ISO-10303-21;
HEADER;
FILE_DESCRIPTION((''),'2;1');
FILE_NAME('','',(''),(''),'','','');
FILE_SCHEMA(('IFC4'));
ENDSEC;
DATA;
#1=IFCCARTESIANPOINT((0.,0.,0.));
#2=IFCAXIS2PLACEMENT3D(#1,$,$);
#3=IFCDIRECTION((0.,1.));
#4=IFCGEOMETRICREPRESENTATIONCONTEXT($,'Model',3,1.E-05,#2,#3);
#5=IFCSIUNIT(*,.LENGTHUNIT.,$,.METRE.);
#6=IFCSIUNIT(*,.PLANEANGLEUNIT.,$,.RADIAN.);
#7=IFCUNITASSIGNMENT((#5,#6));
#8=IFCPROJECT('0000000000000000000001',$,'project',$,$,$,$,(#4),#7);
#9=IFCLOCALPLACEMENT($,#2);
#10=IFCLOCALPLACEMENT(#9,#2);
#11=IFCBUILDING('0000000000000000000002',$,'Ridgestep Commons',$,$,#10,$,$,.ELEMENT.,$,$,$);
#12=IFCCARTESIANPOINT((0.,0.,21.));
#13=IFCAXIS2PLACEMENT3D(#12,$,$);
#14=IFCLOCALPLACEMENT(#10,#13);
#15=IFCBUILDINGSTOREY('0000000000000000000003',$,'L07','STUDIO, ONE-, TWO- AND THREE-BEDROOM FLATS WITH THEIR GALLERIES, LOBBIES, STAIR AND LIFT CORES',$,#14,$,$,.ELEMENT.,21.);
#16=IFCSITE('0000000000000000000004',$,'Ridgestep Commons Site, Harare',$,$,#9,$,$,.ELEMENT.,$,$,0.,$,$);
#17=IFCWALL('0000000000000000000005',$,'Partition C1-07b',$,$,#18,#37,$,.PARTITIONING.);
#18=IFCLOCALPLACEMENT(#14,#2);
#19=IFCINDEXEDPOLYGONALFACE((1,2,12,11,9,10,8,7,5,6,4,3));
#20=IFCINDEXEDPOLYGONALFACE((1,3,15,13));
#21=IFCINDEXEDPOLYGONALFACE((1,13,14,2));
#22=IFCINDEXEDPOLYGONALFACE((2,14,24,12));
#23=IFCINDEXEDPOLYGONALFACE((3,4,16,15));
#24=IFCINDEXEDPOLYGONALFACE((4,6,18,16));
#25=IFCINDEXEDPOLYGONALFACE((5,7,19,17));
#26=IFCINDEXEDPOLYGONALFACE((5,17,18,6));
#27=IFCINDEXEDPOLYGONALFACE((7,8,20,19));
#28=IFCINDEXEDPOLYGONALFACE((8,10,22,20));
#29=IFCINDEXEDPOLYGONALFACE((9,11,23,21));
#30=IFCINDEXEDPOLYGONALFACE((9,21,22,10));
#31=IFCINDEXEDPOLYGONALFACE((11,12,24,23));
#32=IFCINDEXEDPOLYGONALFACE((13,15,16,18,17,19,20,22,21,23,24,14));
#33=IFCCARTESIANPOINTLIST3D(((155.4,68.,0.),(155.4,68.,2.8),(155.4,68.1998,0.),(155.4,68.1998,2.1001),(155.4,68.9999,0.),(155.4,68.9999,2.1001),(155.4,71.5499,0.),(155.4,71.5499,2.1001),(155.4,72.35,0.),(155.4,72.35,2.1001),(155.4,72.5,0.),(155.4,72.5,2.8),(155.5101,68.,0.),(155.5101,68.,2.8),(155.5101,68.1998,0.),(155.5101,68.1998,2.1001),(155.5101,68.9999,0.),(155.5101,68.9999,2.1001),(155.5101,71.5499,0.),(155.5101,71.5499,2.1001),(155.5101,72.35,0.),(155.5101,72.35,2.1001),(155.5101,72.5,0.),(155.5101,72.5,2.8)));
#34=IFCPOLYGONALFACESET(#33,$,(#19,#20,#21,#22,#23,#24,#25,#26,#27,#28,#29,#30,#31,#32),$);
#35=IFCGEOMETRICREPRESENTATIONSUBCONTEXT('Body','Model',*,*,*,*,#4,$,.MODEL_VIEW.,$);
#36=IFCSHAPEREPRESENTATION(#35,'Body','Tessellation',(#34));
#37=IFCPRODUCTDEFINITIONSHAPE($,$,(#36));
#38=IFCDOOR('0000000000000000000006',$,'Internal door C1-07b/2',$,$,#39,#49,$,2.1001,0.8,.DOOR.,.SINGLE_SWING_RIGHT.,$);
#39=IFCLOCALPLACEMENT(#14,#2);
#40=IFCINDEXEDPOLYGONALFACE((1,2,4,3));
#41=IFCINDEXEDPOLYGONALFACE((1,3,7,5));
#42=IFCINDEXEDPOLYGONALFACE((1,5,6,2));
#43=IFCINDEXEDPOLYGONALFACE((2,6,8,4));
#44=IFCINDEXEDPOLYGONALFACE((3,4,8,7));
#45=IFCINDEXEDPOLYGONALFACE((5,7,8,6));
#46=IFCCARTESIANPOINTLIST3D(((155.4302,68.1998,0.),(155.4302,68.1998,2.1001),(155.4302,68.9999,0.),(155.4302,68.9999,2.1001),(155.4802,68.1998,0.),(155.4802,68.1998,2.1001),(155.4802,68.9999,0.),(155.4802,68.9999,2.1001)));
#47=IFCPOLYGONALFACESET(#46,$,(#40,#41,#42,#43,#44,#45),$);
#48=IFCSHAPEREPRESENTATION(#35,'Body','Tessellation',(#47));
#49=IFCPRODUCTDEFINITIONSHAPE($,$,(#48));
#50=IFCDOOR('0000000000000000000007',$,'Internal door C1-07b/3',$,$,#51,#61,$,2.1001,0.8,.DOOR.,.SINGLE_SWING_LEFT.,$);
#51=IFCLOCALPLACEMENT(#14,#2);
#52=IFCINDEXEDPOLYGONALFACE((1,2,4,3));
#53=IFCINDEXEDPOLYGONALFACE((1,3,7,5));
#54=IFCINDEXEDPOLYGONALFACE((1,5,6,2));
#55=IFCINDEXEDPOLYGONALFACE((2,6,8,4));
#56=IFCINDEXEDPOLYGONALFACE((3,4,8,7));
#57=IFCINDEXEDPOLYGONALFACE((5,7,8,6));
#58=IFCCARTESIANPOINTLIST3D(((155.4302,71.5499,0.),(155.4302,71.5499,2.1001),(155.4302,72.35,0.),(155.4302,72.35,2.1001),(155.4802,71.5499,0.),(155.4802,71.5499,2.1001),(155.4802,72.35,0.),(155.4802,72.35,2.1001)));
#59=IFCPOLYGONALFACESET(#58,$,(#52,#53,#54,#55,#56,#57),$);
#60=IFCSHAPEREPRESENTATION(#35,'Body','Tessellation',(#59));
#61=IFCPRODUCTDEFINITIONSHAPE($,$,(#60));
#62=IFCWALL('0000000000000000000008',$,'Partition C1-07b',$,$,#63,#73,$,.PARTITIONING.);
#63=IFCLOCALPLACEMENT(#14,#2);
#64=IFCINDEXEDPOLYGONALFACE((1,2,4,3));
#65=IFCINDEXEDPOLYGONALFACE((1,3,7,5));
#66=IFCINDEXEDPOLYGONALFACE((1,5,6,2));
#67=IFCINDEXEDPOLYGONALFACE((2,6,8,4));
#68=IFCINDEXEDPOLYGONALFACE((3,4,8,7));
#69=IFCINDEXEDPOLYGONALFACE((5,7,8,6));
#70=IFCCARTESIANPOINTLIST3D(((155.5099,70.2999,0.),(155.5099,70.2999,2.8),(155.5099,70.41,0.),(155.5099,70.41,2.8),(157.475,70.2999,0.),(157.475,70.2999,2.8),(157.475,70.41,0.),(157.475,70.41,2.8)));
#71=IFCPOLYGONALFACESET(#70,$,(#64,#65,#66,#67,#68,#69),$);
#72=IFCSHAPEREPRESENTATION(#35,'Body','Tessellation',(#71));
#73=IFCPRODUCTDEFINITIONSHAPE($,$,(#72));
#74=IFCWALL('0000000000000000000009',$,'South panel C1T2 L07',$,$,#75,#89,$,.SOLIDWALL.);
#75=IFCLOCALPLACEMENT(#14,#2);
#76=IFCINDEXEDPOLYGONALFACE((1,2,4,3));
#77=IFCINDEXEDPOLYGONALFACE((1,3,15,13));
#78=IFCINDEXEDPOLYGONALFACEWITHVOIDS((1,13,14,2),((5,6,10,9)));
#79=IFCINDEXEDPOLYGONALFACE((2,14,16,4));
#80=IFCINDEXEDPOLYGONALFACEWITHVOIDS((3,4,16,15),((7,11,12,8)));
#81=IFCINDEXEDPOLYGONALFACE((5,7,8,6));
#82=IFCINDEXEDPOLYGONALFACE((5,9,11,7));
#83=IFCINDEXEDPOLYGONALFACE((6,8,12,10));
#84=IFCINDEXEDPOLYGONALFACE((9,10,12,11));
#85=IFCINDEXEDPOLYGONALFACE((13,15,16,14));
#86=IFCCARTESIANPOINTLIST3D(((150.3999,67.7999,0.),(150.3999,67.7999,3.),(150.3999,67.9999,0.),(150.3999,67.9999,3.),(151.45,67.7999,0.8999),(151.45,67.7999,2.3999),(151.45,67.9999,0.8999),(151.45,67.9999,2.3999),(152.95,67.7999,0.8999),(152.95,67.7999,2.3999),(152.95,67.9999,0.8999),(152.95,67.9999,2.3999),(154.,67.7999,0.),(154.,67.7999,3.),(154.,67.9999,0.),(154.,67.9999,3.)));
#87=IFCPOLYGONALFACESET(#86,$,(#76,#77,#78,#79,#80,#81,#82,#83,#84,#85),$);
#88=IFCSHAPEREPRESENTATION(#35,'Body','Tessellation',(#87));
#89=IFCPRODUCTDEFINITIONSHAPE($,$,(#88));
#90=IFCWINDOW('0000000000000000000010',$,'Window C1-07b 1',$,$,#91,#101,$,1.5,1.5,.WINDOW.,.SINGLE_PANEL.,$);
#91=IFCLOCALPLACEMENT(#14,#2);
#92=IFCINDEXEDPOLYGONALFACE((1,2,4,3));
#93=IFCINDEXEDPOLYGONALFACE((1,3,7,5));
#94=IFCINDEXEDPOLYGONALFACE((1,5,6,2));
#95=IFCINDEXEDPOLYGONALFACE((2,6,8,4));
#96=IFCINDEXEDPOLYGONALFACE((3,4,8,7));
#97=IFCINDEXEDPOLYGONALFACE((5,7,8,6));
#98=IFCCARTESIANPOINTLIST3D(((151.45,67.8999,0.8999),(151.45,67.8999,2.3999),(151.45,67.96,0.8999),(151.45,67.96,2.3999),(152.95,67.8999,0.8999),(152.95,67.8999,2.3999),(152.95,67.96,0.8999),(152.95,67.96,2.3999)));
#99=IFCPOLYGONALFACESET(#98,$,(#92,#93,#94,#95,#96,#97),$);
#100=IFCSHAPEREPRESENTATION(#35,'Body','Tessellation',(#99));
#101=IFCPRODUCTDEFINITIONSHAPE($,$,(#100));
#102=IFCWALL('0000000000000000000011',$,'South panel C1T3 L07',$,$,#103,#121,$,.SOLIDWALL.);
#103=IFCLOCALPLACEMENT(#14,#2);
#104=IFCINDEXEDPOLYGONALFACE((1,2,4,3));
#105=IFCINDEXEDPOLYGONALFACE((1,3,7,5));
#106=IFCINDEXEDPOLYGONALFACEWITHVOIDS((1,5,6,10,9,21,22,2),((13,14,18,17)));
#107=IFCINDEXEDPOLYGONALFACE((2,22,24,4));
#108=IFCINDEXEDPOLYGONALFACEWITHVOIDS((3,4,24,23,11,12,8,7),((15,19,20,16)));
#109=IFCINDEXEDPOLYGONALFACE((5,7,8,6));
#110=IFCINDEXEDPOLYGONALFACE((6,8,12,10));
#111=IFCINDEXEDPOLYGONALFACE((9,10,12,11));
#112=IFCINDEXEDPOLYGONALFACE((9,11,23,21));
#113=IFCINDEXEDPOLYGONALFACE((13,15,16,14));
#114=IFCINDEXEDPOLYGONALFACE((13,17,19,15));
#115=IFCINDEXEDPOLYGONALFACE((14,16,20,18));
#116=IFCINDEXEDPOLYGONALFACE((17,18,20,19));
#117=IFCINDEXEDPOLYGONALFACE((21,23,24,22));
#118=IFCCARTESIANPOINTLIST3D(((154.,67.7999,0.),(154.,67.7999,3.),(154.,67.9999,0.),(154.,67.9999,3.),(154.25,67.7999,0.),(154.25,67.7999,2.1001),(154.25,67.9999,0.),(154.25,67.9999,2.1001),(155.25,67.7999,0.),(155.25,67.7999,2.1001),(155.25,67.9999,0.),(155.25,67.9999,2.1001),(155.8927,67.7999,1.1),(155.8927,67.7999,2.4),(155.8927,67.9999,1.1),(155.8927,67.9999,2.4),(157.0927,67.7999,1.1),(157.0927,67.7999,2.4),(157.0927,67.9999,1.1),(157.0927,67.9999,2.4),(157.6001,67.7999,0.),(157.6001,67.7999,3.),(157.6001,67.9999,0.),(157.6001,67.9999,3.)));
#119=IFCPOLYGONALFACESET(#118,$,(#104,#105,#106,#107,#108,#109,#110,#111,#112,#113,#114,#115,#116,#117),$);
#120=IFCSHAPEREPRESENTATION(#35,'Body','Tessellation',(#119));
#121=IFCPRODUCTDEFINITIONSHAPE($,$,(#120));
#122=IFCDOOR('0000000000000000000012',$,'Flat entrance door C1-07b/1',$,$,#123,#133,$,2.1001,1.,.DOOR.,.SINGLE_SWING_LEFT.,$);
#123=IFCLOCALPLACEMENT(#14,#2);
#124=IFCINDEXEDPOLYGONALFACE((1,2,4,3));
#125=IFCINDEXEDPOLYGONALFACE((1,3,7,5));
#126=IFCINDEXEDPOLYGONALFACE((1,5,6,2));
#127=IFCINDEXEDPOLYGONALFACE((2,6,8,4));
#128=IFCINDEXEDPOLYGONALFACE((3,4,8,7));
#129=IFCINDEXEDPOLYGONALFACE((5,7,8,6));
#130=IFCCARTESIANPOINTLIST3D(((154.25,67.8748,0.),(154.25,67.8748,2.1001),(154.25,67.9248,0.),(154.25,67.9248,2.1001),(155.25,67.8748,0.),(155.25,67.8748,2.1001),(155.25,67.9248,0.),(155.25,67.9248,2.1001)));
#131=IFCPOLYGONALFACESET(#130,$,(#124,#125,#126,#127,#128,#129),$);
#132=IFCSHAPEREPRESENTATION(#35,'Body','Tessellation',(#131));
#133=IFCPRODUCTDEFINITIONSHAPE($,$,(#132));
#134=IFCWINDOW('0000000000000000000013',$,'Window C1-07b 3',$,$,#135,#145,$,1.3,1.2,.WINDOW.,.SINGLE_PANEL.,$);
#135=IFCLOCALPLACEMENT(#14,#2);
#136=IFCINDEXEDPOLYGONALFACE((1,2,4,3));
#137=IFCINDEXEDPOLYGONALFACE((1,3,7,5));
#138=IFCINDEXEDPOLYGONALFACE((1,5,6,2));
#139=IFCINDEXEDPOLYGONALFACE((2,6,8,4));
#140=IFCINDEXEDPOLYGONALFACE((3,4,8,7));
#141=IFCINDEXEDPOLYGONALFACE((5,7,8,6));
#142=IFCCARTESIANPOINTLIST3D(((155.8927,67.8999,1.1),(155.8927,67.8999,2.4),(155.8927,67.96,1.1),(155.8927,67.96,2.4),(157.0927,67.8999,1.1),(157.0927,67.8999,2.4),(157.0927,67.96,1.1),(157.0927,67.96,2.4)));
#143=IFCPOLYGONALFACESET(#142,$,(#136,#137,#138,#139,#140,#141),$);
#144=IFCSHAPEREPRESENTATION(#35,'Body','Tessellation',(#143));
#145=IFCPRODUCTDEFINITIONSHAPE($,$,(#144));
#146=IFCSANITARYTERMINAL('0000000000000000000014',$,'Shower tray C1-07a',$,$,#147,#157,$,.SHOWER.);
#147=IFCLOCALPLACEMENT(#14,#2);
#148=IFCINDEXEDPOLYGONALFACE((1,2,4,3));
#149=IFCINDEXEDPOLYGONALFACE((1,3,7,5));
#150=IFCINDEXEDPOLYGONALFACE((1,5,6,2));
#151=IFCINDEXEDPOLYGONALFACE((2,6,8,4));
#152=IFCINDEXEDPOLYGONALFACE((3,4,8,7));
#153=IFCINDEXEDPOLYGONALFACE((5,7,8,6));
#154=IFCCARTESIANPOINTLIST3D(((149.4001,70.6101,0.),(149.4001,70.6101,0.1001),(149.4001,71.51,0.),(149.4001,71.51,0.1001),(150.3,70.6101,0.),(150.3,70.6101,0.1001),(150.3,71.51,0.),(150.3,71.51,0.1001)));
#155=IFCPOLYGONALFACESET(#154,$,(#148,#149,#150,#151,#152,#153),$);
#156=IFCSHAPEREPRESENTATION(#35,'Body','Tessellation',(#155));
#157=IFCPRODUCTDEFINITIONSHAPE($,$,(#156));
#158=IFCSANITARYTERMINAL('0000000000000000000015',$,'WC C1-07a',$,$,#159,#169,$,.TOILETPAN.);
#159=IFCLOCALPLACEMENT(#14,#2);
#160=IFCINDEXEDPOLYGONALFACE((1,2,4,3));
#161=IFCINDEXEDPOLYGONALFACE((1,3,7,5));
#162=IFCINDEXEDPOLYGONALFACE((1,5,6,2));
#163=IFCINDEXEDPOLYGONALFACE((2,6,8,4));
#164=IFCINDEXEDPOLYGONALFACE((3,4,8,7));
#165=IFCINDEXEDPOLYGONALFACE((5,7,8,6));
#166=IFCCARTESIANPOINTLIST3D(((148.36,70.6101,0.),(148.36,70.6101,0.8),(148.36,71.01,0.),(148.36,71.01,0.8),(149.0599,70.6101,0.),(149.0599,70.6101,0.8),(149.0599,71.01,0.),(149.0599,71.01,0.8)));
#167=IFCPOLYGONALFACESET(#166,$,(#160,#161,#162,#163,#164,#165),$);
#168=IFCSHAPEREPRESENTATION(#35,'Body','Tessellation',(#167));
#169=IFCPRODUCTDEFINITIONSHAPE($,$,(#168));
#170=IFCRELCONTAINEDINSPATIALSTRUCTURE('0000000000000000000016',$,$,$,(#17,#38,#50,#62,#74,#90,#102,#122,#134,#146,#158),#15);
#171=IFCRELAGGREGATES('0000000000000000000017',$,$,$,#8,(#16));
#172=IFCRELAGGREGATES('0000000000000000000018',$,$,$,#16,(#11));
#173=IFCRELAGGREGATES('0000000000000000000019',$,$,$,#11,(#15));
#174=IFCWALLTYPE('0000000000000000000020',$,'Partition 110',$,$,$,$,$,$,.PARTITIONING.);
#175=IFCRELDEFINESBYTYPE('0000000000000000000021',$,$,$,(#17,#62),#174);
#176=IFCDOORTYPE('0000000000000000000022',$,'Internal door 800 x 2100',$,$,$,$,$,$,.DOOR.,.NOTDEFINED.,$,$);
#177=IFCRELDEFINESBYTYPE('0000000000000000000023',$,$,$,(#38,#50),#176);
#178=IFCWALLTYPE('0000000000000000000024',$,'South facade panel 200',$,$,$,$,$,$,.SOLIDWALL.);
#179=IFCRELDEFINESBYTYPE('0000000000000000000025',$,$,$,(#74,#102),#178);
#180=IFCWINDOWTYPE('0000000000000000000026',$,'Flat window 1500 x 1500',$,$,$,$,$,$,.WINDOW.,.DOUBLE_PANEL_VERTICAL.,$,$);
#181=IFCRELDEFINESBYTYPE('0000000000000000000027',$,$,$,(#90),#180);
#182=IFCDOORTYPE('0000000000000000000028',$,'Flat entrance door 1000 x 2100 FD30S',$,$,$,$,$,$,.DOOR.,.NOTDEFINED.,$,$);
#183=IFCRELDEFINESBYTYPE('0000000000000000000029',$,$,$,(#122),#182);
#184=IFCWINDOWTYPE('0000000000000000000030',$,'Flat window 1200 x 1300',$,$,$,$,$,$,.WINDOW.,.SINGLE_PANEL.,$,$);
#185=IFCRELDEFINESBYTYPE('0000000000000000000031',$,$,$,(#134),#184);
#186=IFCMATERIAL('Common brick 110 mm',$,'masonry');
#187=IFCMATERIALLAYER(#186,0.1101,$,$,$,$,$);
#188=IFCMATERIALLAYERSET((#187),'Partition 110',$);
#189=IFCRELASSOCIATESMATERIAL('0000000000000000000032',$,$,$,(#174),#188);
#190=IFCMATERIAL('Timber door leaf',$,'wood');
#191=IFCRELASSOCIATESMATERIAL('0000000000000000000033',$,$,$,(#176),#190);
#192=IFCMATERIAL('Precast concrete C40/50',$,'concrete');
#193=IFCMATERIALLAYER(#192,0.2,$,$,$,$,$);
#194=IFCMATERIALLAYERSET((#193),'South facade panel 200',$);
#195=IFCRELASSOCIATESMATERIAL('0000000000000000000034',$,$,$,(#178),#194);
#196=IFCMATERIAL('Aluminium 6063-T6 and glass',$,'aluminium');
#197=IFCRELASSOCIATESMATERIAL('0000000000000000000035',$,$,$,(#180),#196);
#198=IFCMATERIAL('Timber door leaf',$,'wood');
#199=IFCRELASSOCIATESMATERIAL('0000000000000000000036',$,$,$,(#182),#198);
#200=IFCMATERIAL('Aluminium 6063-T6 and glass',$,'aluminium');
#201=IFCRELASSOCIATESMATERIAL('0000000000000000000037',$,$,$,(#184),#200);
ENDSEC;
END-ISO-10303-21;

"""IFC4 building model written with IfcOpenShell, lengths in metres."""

from ifc_helpers import new_model, si_unit, direction, frame, frame_2d, origin, origin_2d, place, context, subcontext, project, spatial, rectangle, extrude, material, layer, layer_set, type_object, element, fill, save


model = new_model("IFC4")

# Units and contexts
model_context = context("Model", 3, precision=1e-05, world=origin(), true_north=direction((0.0, 1.0)))
body_context = subcontext(model_context, "Body", "Model", "MODEL_VIEW")
ifc_project = project(units=[si_unit("LENGTHUNIT", "METRE"), si_unit("PLANEANGLEUNIT", "RADIAN")], contexts=[model_context])

# Site, building, storey
site_placement = place(None, origin())
site = spatial("IfcSite", under=ifc_project, at=site_placement, Name="Ridgestep Commons Site, Harare", CompositionType="ELEMENT", RefElevation=0.0)
building_placement = place(site_placement, origin())
building = spatial("IfcBuilding", under=site, at=building_placement, Name="Ridgestep Commons", CompositionType="ELEMENT")
storey_placement = place(building_placement, frame((0.0, 0.0, 21.0)))
storey = spatial("IfcBuildingStorey", under=building, at=storey_placement, Name="L07", Description="STUDIO, ONE-, TWO- AND THREE-BEDROOM FLATS WITH THEIR GALLERIES, LOBBIES, STAIR AND LIFT CORES", CompositionType="ELEMENT", Elevation=21.0)

# Shared definitions
ifc_material_1 = material(Name="Common brick 110 mm", Category="masonry")
ifc_layer_1 = layer(ifc_material_1, 0.1101)
ifc_layer_set_1 = layer_set([ifc_layer_1], Name="Partition 110")
wall_type_1 = type_object("IfcWallType", Name="Partition 110", PredefinedType="PARTITIONING", material=ifc_layer_set_1)

# Wall, openings, doors
wall_1_placement = place(storey_placement, frame((155.4551, 68.0, 0.0), z_axis=(0.0, 0.0, 1.0), x_axis=(0.0, 1.0, 0.0)))
wall_1 = element("IfcWall", 1, at=wall_1_placement, inside=storey, type_object=wall_type_1, Name="Partition C1-07b", PredefinedType="PARTITIONING", context=body_context, shape_type="SweptSolid", body=[
    extrude(rectangle(XDim=4.5, YDim=0.1101, at=frame_2d((2.25, 0.0))), origin(), (0.0, 0.0, 1.0), 2.8),
])
opening_1_placement = place(wall_1_placement, frame((0.2, 0.0, 0.0)))
opening_1 = element("IfcOpeningElement", 2, at=opening_1_placement, cuts=wall_1, PredefinedType="OPENING", context=body_context, shape_type="SweptSolid", body=[
    extrude(rectangle(XDim=0.8, YDim=2.1001, at=frame_2d((0.3999, 1.05))), frame((0.0, 0.0649, 0.0), z_axis=(0.0, -1.0, 0.0), x_axis=(1.0, 0.0, 0.0)), (0.0, 0.0, 1.0), 0.1301),
])
opening_2_placement = place(wall_1_placement, frame((3.55, 0.0, 0.0)))
opening_2 = element("IfcOpeningElement", 3, at=opening_2_placement, cuts=wall_1, PredefinedType="OPENING", context=body_context, shape_type="SweptSolid", body=[
    extrude(rectangle(XDim=0.8, YDim=2.1001, at=frame_2d((0.3999, 1.05))), frame((0.0, 0.0649, 0.0), z_axis=(0.0, -1.0, 0.0), x_axis=(1.0, 0.0, 0.0)), (0.0, 0.0, 1.0), 0.1301),
])
ifc_material_2 = material(Name="Timber door leaf", Category="wood")
door_type_1 = type_object("IfcDoorType", Name="Internal door 800 x 2100", OperationType="NOTDEFINED", PredefinedType="DOOR", material=ifc_material_2)
door_1_placement = place(opening_1_placement, origin())
door_1 = element("IfcDoor", 4, at=door_1_placement, inside=storey, type_object=door_type_1, Name="Internal door C1-07b/2", OperationType="SINGLE_SWING_RIGHT", OverallHeight=2.1001, OverallWidth=0.8, PredefinedType="DOOR", context=body_context, shape_type="SweptSolid", body=[
    extrude(rectangle(XDim=0.8, YDim=2.1001, at=frame_2d((0.3999, 1.05))), frame((0.0, 0.0249, 0.0), z_axis=(0.0, -1.0, 0.0), x_axis=(1.0, 0.0, 0.0)), (0.0, 0.0, 1.0), 0.05),
])
fill(opening_1, door_1)
door_2_placement = place(opening_2_placement, origin())
door_2 = element("IfcDoor", 5, at=door_2_placement, inside=storey, type_object=door_type_1, Name="Internal door C1-07b/3", OperationType="SINGLE_SWING_LEFT", OverallHeight=2.1001, OverallWidth=0.8, PredefinedType="DOOR", context=body_context, shape_type="SweptSolid", body=[
    extrude(rectangle(XDim=0.8, YDim=2.1001, at=frame_2d((0.3999, 1.05))), frame((0.0, 0.0249, 0.0), z_axis=(0.0, -1.0, 0.0), x_axis=(1.0, 0.0, 0.0)), (0.0, 0.0, 1.0), 0.05),
])
fill(opening_2, door_2)

# Wall
wall_2_placement = place(storey_placement, frame((155.51, 70.355, 0.0), z_axis=(0.0, 0.0, 1.0), x_axis=(1.0, 0.0, 0.0)))
element("IfcWall", 6, at=wall_2_placement, inside=storey, type_object=wall_type_1, Name="Partition C1-07b", PredefinedType="PARTITIONING", context=body_context, shape_type="SweptSolid", body=[
    extrude(rectangle(XDim=1.9651, YDim=0.1101, at=frame_2d((0.9824, 0.0))), origin(), (0.0, 0.0, 1.0), 2.8),
])

# Wall, opening, window
ifc_material_3 = material(Name="Precast concrete C40/50", Category="concrete")
ifc_layer_2 = layer(ifc_material_3, 0.2)
ifc_layer_set_2 = layer_set([ifc_layer_2], Name="South facade panel 200")
wall_type_2 = type_object("IfcWallType", Name="South facade panel 200", PredefinedType="SOLIDWALL", material=ifc_layer_set_2)
wall_3_placement = place(storey_placement, frame((150.3999, 67.8999, 0.0), z_axis=(0.0, 0.0, 1.0), x_axis=(1.0, 0.0, 0.0)))
wall_3 = element("IfcWall", 7, at=wall_3_placement, inside=storey, type_object=wall_type_2, Name="South panel C1T2 L07", PredefinedType="SOLIDWALL", context=body_context, shape_type="SweptSolid", body=[
    extrude(rectangle(XDim=3.6001, YDim=0.2, at=frame_2d((1.8, 0.0))), origin(), (0.0, 0.0, 1.0), 3.0),
])
opening_3_placement = place(wall_3_placement, frame((1.05, 0.0, 0.8999)))
opening_3 = element("IfcOpeningElement", 8, at=opening_3_placement, cuts=wall_3, PredefinedType="OPENING", context=body_context, shape_type="SweptSolid", body=[
    extrude(rectangle(XDim=1.5, YDim=1.5, at=frame_2d((0.75, 0.75))), frame((0.0, 0.1099, 0.0), z_axis=(0.0, -1.0, 0.0), x_axis=(1.0, 0.0, 0.0)), (0.0, 0.0, 1.0), 0.22),
])
ifc_material_4 = material(Name="Aluminium 6063-T6 and glass", Category="aluminium")
window_type_1 = type_object("IfcWindowType", Name="Flat window 1500 x 1500", PartitioningType="DOUBLE_PANEL_VERTICAL", PredefinedType="WINDOW", material=ifc_material_4)
window_1_placement = place(opening_3_placement, origin())
window_1 = element("IfcWindow", 9, at=window_1_placement, inside=storey, type_object=window_type_1, Name="Window C1-07b 1", OverallHeight=1.5, OverallWidth=1.5, PartitioningType="SINGLE_PANEL", PredefinedType="WINDOW", context=body_context, shape_type="SweptSolid", body=[
    extrude(rectangle(XDim=1.5, YDim=1.5, at=frame_2d((0.75, 0.75))), frame((0.0, 0.0601, 0.0), z_axis=(0.0, -1.0, 0.0), x_axis=(1.0, 0.0, 0.0)), (0.0, 0.0, 1.0), 0.0601),
])
fill(opening_3, window_1)

# Wall, openings, door, window
wall_4_placement = place(storey_placement, frame((154.0, 67.8999, 0.0), z_axis=(0.0, 0.0, 1.0), x_axis=(1.0, 0.0, 0.0)))
wall_4 = element("IfcWall", 10, at=wall_4_placement, inside=storey, type_object=wall_type_2, Name="South panel C1T3 L07", PredefinedType="SOLIDWALL", context=body_context, shape_type="SweptSolid", body=[
    extrude(rectangle(XDim=3.6001, YDim=0.2, at=frame_2d((1.8, 0.0))), origin(), (0.0, 0.0, 1.0), 3.0),
])
opening_4_placement = place(wall_4_placement, frame((1.8926, 0.0, 1.1001)))
opening_4 = element("IfcOpeningElement", 11, at=opening_4_placement, cuts=wall_4, PredefinedType="OPENING", context=body_context, shape_type="SweptSolid", body=[
    extrude(rectangle(XDim=1.2, YDim=1.3, at=frame_2d((0.6001, 0.6499))), frame((0.0, 0.1099, 0.0), z_axis=(0.0, -1.0, 0.0), x_axis=(1.0, 0.0, 0.0)), (0.0, 0.0, 1.0), 0.22),
])
opening_5_placement = place(wall_4_placement, frame((0.25, 0.0, 0.0)))
opening_5 = element("IfcOpeningElement", 12, at=opening_5_placement, cuts=wall_4, PredefinedType="OPENING", context=body_context, shape_type="SweptSolid", body=[
    extrude(rectangle(XDim=1.0, YDim=2.1001, at=frame_2d((0.5, 1.05))), frame((0.0, 0.1099, 0.0), z_axis=(0.0, -1.0, 0.0), x_axis=(1.0, 0.0, 0.0)), (0.0, 0.0, 1.0), 0.22),
])
ifc_material_5 = material(Name="Timber door leaf", Category="wood")
door_type_2 = type_object("IfcDoorType", Name="Flat entrance door 1000 x 2100 FD30S", OperationType="NOTDEFINED", PredefinedType="DOOR", material=ifc_material_5)
door_3_placement = place(opening_5_placement, origin())
door_3 = element("IfcDoor", 13, at=door_3_placement, inside=storey, type_object=door_type_2, Name="Flat entrance door C1-07b/1", OperationType="SINGLE_SWING_LEFT", OverallHeight=2.1001, OverallWidth=1.0, PredefinedType="DOOR", context=body_context, shape_type="SweptSolid", body=[
    extrude(rectangle(XDim=1.0, YDim=2.1001, at=frame_2d((0.5, 1.05))), frame((0.0, 0.0249, 0.0), z_axis=(0.0, -1.0, 0.0), x_axis=(1.0, 0.0, 0.0)), (0.0, 0.0, 1.0), 0.05),
])
fill(opening_5, door_3)
ifc_material_6 = material(Name="Aluminium 6063-T6 and glass", Category="aluminium")
window_type_2 = type_object("IfcWindowType", Name="Flat window 1200 x 1300", PartitioningType="SINGLE_PANEL", PredefinedType="WINDOW", material=ifc_material_6)
window_2_placement = place(opening_4_placement, origin())
window_2 = element("IfcWindow", 14, at=window_2_placement, inside=storey, type_object=window_type_2, Name="Window C1-07b 3", OverallHeight=1.3, OverallWidth=1.2, PartitioningType="SINGLE_PANEL", PredefinedType="WINDOW", context=body_context, shape_type="SweptSolid", body=[
    extrude(rectangle(XDim=1.2, YDim=1.3, at=frame_2d((0.6001, 0.6499))), frame((0.0, 0.0601, 0.0), z_axis=(0.0, -1.0, 0.0), x_axis=(1.0, 0.0, 0.0)), (0.0, 0.0, 1.0), 0.0601),
])
fill(opening_4, window_2)

# Sanitary terminals
sanitary_terminal_1_placement = place(storey_placement, frame((149.8501, 71.0601, 0.0), z_axis=(0.0, 0.0, 1.0), x_axis=(1.0, 0.0, 0.0)))
element("IfcSanitaryTerminal", 15, at=sanitary_terminal_1_placement, inside=storey, Name="Shower tray C1-07a", PredefinedType="SHOWER", context=body_context, shape_type="SweptSolid", body=[
    extrude(rectangle(XDim=0.8999, YDim=0.8999, at=origin_2d()), origin(), (0.0, 0.0, 1.0), 0.1001),
])
sanitary_terminal_2_placement = place(storey_placement, frame((148.71, 70.8101, 0.0), z_axis=(0.0, 0.0, 1.0), x_axis=(1.0, 0.0, 0.0)))
element("IfcSanitaryTerminal", 16, at=sanitary_terminal_2_placement, inside=storey, Name="WC C1-07a", PredefinedType="TOILETPAN", context=body_context, shape_type="SweptSolid", body=[
    extrude(rectangle(XDim=0.7, YDim=0.3999, at=origin_2d()), origin(), (0.0, 0.0, 1.0), 0.8),
])

save(model, "model.ifc")
